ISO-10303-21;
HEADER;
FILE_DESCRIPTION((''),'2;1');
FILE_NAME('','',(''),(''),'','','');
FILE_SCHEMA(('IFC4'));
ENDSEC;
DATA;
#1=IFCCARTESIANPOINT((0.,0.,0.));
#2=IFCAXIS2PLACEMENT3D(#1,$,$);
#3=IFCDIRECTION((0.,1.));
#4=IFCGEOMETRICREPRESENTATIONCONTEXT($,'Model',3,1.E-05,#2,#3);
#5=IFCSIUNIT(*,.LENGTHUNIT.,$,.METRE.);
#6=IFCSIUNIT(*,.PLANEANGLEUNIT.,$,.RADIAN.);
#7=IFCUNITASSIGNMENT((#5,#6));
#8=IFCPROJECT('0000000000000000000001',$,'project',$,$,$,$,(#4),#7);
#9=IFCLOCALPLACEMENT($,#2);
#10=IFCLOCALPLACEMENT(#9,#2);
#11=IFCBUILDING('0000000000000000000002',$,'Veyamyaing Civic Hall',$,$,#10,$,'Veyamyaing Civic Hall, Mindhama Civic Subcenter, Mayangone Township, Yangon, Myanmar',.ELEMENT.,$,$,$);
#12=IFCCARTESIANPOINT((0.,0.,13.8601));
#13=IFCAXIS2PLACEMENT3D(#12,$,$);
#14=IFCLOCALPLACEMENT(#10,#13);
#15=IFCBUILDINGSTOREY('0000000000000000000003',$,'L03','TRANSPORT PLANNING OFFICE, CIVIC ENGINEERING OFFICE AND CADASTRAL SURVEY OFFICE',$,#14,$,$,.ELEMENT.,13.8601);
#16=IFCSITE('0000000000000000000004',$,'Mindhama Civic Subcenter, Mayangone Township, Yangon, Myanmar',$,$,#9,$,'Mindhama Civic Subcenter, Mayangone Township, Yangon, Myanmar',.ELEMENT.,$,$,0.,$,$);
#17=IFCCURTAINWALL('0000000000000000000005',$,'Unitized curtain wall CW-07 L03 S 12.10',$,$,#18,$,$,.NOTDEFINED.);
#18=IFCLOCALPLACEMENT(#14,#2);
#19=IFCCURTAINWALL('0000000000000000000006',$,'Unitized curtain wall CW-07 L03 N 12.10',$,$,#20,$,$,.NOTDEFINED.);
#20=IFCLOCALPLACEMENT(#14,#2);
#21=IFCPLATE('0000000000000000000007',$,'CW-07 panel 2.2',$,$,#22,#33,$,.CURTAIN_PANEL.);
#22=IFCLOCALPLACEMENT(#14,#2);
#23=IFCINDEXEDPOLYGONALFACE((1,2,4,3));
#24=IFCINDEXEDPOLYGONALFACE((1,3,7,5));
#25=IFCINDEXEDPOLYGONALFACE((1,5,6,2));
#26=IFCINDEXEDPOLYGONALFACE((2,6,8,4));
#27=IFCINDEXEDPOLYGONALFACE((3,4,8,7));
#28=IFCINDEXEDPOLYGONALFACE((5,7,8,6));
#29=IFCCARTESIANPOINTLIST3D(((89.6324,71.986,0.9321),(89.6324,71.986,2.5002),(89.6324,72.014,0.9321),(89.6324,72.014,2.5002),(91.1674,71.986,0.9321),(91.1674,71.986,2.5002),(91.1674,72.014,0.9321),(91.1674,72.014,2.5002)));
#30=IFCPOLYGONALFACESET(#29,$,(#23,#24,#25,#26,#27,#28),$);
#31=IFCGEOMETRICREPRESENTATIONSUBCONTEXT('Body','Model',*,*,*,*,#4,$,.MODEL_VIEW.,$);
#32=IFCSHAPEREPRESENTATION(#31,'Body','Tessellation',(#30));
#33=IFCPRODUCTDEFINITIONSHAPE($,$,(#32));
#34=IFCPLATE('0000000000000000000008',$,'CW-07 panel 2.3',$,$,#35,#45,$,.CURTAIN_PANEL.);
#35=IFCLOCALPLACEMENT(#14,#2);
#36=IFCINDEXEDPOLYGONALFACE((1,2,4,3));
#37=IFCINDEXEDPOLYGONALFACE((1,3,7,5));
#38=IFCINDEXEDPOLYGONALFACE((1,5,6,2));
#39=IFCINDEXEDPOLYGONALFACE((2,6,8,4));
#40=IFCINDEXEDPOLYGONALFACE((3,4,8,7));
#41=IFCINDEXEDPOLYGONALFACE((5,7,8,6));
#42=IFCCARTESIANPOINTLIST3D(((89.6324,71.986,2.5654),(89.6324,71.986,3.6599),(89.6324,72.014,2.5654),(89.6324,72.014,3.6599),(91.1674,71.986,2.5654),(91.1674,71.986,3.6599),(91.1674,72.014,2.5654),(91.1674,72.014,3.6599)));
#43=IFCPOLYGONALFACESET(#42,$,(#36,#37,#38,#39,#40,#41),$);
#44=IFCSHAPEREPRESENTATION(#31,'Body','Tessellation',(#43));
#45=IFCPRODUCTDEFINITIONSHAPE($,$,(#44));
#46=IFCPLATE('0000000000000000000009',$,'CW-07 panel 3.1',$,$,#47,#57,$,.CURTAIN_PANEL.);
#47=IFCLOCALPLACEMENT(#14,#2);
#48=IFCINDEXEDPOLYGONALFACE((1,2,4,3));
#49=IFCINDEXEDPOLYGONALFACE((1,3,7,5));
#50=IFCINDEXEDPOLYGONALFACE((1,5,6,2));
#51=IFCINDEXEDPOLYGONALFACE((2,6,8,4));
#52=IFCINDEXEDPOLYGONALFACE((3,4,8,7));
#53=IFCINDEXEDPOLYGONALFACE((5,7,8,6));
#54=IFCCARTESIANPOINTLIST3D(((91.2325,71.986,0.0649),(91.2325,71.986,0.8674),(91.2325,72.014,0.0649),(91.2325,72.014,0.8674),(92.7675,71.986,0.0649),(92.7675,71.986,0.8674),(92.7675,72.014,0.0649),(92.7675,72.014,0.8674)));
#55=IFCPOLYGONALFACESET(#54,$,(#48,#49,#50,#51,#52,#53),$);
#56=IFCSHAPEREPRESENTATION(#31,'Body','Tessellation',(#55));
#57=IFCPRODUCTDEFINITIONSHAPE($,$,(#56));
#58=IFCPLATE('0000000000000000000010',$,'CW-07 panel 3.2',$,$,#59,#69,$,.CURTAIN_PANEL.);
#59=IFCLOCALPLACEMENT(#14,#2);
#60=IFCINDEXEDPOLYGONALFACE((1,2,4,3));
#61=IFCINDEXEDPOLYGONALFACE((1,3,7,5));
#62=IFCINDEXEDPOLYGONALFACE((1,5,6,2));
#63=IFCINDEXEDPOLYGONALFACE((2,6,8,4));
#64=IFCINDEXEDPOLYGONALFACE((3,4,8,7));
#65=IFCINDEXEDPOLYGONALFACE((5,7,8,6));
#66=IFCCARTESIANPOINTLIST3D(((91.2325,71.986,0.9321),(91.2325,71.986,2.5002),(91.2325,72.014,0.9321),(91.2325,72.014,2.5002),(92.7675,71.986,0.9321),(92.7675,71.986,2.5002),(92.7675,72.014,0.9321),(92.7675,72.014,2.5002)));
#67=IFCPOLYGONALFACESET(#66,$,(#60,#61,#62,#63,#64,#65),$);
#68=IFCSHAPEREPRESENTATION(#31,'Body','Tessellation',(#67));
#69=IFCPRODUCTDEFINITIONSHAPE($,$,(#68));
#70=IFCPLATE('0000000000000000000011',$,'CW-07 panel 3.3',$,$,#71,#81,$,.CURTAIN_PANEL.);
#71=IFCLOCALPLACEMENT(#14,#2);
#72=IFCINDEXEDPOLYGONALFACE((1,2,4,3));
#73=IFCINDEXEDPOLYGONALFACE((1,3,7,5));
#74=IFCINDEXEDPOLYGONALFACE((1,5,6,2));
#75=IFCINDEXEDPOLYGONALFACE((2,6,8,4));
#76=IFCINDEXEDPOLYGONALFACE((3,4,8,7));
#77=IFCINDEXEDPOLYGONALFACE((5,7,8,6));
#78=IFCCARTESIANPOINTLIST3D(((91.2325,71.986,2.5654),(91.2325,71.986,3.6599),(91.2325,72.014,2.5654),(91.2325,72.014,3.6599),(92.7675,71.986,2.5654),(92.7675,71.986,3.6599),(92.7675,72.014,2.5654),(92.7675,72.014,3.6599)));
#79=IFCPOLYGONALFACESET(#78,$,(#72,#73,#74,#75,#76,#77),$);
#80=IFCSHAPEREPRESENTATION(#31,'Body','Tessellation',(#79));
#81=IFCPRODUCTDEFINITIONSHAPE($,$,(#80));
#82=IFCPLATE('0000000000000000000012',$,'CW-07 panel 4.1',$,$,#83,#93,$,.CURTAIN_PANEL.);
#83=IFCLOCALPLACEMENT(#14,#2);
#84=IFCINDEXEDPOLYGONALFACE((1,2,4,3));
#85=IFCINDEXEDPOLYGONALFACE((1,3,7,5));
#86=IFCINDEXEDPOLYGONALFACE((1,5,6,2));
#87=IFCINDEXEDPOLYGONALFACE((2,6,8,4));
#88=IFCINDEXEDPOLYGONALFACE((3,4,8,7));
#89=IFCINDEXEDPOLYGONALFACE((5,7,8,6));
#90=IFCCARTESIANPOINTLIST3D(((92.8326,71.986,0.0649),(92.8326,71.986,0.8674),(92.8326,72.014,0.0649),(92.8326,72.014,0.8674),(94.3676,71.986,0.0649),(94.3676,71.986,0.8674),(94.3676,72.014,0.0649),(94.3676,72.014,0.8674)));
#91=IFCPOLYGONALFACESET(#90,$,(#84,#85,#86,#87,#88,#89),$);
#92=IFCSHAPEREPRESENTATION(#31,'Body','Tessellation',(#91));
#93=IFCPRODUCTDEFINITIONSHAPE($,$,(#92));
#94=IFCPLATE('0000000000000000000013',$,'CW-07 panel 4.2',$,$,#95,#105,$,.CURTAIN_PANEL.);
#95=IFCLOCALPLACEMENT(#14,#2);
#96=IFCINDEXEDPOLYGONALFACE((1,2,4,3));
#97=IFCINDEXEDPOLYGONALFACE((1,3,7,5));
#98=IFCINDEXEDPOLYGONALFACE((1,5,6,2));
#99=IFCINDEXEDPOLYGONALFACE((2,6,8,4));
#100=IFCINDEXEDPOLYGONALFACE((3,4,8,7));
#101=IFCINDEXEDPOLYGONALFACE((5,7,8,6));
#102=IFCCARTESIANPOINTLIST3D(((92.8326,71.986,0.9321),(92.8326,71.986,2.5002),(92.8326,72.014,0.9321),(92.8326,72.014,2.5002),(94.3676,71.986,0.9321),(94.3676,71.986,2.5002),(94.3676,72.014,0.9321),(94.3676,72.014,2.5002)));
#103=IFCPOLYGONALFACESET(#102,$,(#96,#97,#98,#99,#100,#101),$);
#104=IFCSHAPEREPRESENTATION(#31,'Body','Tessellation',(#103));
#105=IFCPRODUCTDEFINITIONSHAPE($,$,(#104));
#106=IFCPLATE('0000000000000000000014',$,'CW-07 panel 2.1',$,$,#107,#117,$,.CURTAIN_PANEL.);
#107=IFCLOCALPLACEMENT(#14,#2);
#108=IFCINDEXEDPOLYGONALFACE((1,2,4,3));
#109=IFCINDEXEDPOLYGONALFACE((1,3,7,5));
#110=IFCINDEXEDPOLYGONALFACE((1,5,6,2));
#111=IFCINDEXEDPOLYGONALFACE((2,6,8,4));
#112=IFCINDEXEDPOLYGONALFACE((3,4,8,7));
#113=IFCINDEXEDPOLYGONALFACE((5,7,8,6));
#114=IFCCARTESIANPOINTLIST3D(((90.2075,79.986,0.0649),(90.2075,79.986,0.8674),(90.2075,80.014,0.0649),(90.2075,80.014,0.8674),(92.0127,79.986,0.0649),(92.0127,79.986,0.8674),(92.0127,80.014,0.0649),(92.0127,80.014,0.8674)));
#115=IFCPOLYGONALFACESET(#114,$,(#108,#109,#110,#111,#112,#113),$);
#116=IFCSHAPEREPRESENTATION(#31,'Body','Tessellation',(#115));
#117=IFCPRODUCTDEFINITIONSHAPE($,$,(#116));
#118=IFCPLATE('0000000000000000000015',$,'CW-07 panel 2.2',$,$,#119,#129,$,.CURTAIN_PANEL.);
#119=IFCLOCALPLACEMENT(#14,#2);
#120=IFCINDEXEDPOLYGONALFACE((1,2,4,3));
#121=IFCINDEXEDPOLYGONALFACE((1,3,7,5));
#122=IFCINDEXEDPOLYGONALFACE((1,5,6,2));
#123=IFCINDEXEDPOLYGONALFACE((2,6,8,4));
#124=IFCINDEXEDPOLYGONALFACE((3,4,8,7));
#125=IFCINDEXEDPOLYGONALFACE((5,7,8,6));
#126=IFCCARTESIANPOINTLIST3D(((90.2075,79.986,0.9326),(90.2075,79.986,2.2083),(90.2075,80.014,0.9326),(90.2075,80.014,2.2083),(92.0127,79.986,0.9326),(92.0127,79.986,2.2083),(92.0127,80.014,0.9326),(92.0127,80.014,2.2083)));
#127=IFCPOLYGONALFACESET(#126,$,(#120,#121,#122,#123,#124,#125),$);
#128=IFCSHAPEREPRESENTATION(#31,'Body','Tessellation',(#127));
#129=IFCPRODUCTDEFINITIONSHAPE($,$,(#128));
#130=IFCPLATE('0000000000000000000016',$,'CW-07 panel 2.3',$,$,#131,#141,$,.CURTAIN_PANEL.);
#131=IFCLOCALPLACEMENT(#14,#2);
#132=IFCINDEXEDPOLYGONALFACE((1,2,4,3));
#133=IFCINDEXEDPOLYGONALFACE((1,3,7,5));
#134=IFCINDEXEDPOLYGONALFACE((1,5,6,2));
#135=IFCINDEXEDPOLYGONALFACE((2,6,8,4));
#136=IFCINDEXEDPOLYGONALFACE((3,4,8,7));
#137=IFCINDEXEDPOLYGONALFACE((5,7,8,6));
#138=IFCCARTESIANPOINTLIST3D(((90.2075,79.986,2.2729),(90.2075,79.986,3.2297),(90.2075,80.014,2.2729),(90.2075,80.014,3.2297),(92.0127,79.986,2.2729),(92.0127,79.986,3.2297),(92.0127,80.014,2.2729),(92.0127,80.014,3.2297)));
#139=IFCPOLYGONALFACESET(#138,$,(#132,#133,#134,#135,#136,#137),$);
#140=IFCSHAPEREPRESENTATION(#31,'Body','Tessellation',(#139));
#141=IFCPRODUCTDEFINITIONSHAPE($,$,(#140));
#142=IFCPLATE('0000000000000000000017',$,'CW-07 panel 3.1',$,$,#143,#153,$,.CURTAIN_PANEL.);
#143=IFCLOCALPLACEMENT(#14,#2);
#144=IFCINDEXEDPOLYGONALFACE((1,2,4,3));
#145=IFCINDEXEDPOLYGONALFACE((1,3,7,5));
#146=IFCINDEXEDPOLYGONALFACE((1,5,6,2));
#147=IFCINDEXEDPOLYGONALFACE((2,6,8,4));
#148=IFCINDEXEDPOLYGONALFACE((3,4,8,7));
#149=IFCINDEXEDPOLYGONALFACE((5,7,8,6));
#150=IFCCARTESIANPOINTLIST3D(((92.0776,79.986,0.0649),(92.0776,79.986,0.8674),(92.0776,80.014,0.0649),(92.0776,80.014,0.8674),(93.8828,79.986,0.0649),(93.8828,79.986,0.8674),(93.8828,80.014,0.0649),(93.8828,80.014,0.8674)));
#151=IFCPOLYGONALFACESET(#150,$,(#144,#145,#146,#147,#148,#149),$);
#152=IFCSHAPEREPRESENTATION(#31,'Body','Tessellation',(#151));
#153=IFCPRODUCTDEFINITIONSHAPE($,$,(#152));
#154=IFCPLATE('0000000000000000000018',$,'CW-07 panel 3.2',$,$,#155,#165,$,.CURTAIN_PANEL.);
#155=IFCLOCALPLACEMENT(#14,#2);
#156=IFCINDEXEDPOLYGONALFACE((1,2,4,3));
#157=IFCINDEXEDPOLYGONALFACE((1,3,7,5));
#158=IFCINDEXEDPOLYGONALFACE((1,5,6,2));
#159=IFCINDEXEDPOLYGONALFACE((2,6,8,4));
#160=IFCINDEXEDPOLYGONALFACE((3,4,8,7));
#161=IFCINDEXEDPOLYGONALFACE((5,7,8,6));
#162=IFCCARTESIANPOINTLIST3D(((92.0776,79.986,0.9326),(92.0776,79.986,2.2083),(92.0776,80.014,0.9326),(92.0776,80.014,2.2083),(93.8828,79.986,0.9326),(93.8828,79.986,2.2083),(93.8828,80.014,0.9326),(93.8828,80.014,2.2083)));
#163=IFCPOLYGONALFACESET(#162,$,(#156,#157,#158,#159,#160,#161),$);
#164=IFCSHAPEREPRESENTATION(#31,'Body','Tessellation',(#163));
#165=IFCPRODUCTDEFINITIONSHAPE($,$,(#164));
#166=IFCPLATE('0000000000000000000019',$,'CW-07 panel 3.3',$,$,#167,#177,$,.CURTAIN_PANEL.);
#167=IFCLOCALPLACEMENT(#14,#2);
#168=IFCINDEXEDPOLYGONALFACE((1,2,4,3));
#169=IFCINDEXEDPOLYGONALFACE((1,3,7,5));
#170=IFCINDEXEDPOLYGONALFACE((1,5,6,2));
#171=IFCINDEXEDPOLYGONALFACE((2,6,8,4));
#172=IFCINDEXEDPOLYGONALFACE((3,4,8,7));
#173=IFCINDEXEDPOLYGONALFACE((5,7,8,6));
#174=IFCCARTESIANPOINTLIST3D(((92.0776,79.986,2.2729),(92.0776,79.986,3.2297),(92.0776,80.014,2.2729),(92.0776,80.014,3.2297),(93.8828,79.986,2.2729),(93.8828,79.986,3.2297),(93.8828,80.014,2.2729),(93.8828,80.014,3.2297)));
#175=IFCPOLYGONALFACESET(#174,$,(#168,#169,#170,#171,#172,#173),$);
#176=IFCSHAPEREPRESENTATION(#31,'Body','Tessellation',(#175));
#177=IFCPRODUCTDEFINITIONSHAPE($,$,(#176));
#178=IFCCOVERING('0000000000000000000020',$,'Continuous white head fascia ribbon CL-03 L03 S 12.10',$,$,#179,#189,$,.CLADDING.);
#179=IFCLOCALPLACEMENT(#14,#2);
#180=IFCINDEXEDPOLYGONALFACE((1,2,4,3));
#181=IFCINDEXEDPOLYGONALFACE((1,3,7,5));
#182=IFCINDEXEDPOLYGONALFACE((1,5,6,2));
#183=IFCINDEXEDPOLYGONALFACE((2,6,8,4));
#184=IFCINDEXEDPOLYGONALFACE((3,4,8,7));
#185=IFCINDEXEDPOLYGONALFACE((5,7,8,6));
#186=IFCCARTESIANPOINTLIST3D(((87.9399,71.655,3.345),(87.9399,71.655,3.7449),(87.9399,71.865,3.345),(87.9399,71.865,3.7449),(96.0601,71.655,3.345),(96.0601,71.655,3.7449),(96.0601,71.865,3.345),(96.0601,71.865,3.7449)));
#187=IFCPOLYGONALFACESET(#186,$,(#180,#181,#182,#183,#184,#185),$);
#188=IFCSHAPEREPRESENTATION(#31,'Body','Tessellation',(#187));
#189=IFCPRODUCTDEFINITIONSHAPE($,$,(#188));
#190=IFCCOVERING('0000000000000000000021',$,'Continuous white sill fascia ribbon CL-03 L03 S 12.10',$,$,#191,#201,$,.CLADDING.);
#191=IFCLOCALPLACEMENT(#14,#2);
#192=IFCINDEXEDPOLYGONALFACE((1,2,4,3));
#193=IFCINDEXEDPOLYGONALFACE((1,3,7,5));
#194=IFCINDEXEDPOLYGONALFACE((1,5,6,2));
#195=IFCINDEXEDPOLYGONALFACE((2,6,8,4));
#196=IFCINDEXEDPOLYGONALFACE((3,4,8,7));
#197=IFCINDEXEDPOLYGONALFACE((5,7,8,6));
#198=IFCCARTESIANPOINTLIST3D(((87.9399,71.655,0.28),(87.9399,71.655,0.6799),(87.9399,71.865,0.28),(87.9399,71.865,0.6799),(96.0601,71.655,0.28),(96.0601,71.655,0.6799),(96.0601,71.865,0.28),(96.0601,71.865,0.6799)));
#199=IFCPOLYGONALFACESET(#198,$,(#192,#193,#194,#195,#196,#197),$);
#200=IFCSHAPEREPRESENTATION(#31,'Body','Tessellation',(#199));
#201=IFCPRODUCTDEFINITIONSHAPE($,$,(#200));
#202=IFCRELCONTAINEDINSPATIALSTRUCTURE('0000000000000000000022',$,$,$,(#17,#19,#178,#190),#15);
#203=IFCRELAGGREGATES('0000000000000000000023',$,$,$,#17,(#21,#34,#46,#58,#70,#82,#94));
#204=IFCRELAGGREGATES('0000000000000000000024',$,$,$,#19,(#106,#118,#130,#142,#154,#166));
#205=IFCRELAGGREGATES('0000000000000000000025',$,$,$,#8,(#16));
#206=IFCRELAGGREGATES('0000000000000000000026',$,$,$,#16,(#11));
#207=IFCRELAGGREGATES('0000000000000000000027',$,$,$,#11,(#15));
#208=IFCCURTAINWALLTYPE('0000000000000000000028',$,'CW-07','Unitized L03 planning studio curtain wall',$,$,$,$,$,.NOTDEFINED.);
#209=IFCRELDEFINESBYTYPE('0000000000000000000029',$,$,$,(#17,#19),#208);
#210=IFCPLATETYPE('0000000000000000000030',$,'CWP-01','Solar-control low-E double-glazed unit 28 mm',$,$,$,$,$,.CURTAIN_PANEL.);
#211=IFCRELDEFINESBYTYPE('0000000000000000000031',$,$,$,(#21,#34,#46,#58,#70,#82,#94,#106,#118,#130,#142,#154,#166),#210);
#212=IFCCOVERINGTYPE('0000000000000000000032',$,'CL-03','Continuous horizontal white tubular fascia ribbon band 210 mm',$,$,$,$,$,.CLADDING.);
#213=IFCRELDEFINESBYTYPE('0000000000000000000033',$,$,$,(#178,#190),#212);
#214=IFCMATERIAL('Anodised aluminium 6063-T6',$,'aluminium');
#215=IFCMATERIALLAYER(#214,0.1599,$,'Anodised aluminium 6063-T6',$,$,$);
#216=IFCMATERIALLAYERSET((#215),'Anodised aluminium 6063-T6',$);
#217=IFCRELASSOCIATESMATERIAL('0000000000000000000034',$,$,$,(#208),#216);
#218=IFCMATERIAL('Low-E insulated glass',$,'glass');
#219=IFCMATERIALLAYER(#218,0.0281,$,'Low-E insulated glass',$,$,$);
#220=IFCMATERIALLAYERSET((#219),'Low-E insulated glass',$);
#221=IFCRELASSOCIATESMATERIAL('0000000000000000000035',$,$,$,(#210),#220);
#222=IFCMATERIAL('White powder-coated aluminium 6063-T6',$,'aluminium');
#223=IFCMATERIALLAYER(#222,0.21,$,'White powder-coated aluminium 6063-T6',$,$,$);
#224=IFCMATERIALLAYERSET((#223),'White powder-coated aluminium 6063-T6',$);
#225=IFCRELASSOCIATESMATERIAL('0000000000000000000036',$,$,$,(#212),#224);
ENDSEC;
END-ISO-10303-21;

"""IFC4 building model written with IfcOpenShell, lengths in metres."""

from ifc_helpers import new_model, si_unit, direction, frame, origin, origin_2d, place, context, subcontext, project, spatial, rectangle, extrude, material, layer, layer_set, type_object, element, aggregate, save


model = new_model("IFC4")

# Units and contexts
model_context = context("Model", 3, precision=1e-05, world=origin(), true_north=direction((0.0, 1.0)))
body_context = subcontext(model_context, "Body", "Model", "MODEL_VIEW")
ifc_project = project(units=[si_unit("LENGTHUNIT", "METRE"), si_unit("PLANEANGLEUNIT", "RADIAN")], contexts=[model_context])

# Site, building, storey
site_placement = place(None, origin())
site = spatial("IfcSite", under=ifc_project, at=site_placement, Name="Mindhama Civic Subcenter, Mayangone Township, Yangon, Myanmar", LongName="Mindhama Civic Subcenter, Mayangone Township, Yangon, Myanmar", CompositionType="ELEMENT", RefElevation=0.0)
building_placement = place(site_placement, origin())
building = spatial("IfcBuilding", under=site, at=building_placement, Name="Veyamyaing Civic Hall", LongName="Veyamyaing Civic Hall, Mindhama Civic Subcenter, Mayangone Township, Yangon, Myanmar", CompositionType="ELEMENT")
storey_placement = place(building_placement, frame((0.0, 0.0, 13.8601)))
storey = spatial("IfcBuildingStorey", under=building, at=storey_placement, Name="L03", Description="TRANSPORT PLANNING OFFICE, CIVIC ENGINEERING OFFICE AND CADASTRAL SURVEY OFFICE", CompositionType="ELEMENT", Elevation=13.8601)

# Curtain wall
ifc_material_1 = material(Name="Anodised aluminium 6063-T6", Category="aluminium")
ifc_layer_1 = layer(ifc_material_1, 0.1599, Name="Anodised aluminium 6063-T6")
ifc_layer_set_1 = layer_set([ifc_layer_1], Name="Anodised aluminium 6063-T6")
curtain_wall_type = type_object("IfcCurtainWallType", Name="CW-07", Description="Unitized L03 planning studio curtain wall", PredefinedType="NOTDEFINED", material=ifc_layer_set_1)
curtain_wall_1_placement = place(storey_placement, origin())
curtain_wall_1 = element("IfcCurtainWall", 1, at=curtain_wall_1_placement, inside=storey, type_object=curtain_wall_type, Name="Unitized curtain wall CW-07 L03 S 12.10", PredefinedType="NOTDEFINED")

# Curtain wall
curtain_wall_2_placement = place(storey_placement, origin())
curtain_wall_2 = element("IfcCurtainWall", 2, at=curtain_wall_2_placement, inside=storey, type_object=curtain_wall_type, Name="Unitized curtain wall CW-07 L03 N 12.10", PredefinedType="NOTDEFINED")

# Plates
ifc_material_2 = material(Name="Low-E insulated glass", Category="glass")
ifc_layer_2 = layer(ifc_material_2, 0.0281, Name="Low-E insulated glass")
ifc_layer_set_2 = layer_set([ifc_layer_2], Name="Low-E insulated glass")
plate_type = type_object("IfcPlateType", Name="CWP-01", Description="Solar-control low-E double-glazed unit 28 mm", PredefinedType="CURTAIN_PANEL", material=ifc_layer_set_2)
plate_1_placement = place(storey_placement, frame((90.3999, 72.0, 0.9321), z_axis=(0.0, 0.0, 1.0), x_axis=(1.0, 0.0, 0.0)))
plate_1 = element("IfcPlate", 3, at=plate_1_placement, type_object=plate_type, Name="CW-07 panel 2.2", PredefinedType="CURTAIN_PANEL", context=body_context, shape_type="SweptSolid", body=[
    extrude(rectangle(XDim=1.5349, YDim=0.0281, at=origin_2d()), origin(), (0.0, 0.0, 1.0), 1.5681),
])
plate_2_placement = place(storey_placement, frame((90.3999, 72.0, 2.5654), z_axis=(0.0, 0.0, 1.0), x_axis=(1.0, 0.0, 0.0)))
plate_2 = element("IfcPlate", 4, at=plate_2_placement, type_object=plate_type, Name="CW-07 panel 2.3", PredefinedType="CURTAIN_PANEL", context=body_context, shape_type="SweptSolid", body=[
    extrude(rectangle(XDim=1.5349, YDim=0.0281, at=origin_2d()), origin(), (0.0, 0.0, 1.0), 1.0945),
])
plate_3_placement = place(storey_placement, frame((92.0, 72.0, 0.0649), z_axis=(0.0, 0.0, 1.0), x_axis=(1.0, 0.0, 0.0)))
plate_3 = element("IfcPlate", 5, at=plate_3_placement, type_object=plate_type, Name="CW-07 panel 3.1", PredefinedType="CURTAIN_PANEL", context=body_context, shape_type="SweptSolid", body=[
    extrude(rectangle(XDim=1.5349, YDim=0.0281, at=origin_2d()), origin(), (0.0, 0.0, 1.0), 0.8025),
])
plate_4_placement = place(storey_placement, frame((92.0, 72.0, 0.9321), z_axis=(0.0, 0.0, 1.0), x_axis=(1.0, 0.0, 0.0)))
plate_4 = element("IfcPlate", 6, at=plate_4_placement, type_object=plate_type, Name="CW-07 panel 3.2", PredefinedType="CURTAIN_PANEL", context=body_context, shape_type="SweptSolid", body=[
    extrude(rectangle(XDim=1.5349, YDim=0.0281, at=origin_2d()), origin(), (0.0, 0.0, 1.0), 1.5681),
])
plate_5_placement = place(storey_placement, frame((92.0, 72.0, 2.5654), z_axis=(0.0, 0.0, 1.0), x_axis=(1.0, 0.0, 0.0)))
plate_5 = element("IfcPlate", 7, at=plate_5_placement, type_object=plate_type, Name="CW-07 panel 3.3", PredefinedType="CURTAIN_PANEL", context=body_context, shape_type="SweptSolid", body=[
    extrude(rectangle(XDim=1.5349, YDim=0.0281, at=origin_2d()), origin(), (0.0, 0.0, 1.0), 1.0945),
])
plate_6_placement = place(storey_placement, frame((93.6001, 72.0, 0.0649), z_axis=(0.0, 0.0, 1.0), x_axis=(1.0, 0.0, 0.0)))
plate_6 = element("IfcPlate", 8, at=plate_6_placement, type_object=plate_type, Name="CW-07 panel 4.1", PredefinedType="CURTAIN_PANEL", context=body_context, shape_type="SweptSolid", body=[
    extrude(rectangle(XDim=1.5349, YDim=0.0281, at=origin_2d()), origin(), (0.0, 0.0, 1.0), 0.8025),
])
plate_7_placement = place(storey_placement, frame((93.6001, 72.0, 0.9321), z_axis=(0.0, 0.0, 1.0), x_axis=(1.0, 0.0, 0.0)))
plate_7 = element("IfcPlate", 9, at=plate_7_placement, type_object=plate_type, Name="CW-07 panel 4.2", PredefinedType="CURTAIN_PANEL", context=body_context, shape_type="SweptSolid", body=[
    extrude(rectangle(XDim=1.5349, YDim=0.0281, at=origin_2d()), origin(), (0.0, 0.0, 1.0), 1.5681),
])
aggregate(curtain_wall_1, [plate_1, plate_2, plate_3, plate_4, plate_5, plate_6, plate_7])
plate_8_placement = place(storey_placement, frame((91.1101, 80.0, 0.0649), z_axis=(0.0, 0.0, 1.0), x_axis=(1.0, 0.0, 0.0)))
plate_8 = element("IfcPlate", 10, at=plate_8_placement, type_object=plate_type, Name="CW-07 panel 2.1", PredefinedType="CURTAIN_PANEL", context=body_context, shape_type="SweptSolid", body=[
    extrude(rectangle(XDim=1.8052, YDim=0.0281, at=origin_2d()), origin(), (0.0, 0.0, 1.0), 0.8025),
])
plate_9_placement = place(storey_placement, frame((91.1101, 80.0, 0.9326), z_axis=(0.0, 0.0, 1.0), x_axis=(1.0, 0.0, 0.0)))
plate_9 = element("IfcPlate", 11, at=plate_9_placement, type_object=plate_type, Name="CW-07 panel 2.2", PredefinedType="CURTAIN_PANEL", context=body_context, shape_type="SweptSolid", body=[
    extrude(rectangle(XDim=1.8052, YDim=0.0281, at=origin_2d()), origin(), (0.0, 0.0, 1.0), 1.2756),
])
plate_10_placement = place(storey_placement, frame((91.1101, 80.0, 2.2729), z_axis=(0.0, 0.0, 1.0), x_axis=(1.0, 0.0, 0.0)))
plate_10 = element("IfcPlate", 12, at=plate_10_placement, type_object=plate_type, Name="CW-07 panel 2.3", PredefinedType="CURTAIN_PANEL", context=body_context, shape_type="SweptSolid", body=[
    extrude(rectangle(XDim=1.8052, YDim=0.0281, at=origin_2d()), origin(), (0.0, 0.0, 1.0), 0.9568),
])
plate_11_placement = place(storey_placement, frame((92.9802, 80.0, 0.0649), z_axis=(0.0, 0.0, 1.0), x_axis=(1.0, 0.0, 0.0)))
plate_11 = element("IfcPlate", 13, at=plate_11_placement, type_object=plate_type, Name="CW-07 panel 3.1", PredefinedType="CURTAIN_PANEL", context=body_context, shape_type="SweptSolid", body=[
    extrude(rectangle(XDim=1.8052, YDim=0.0281, at=origin_2d()), origin(), (0.0, 0.0, 1.0), 0.8025),
])
plate_12_placement = place(storey_placement, frame((92.9802, 80.0, 0.9326), z_axis=(0.0, 0.0, 1.0), x_axis=(1.0, 0.0, 0.0)))
plate_12 = element("IfcPlate", 14, at=plate_12_placement, type_object=plate_type, Name="CW-07 panel 3.2", PredefinedType="CURTAIN_PANEL", context=body_context, shape_type="SweptSolid", body=[
    extrude(rectangle(XDim=1.8052, YDim=0.0281, at=origin_2d()), origin(), (0.0, 0.0, 1.0), 1.2756),
])
plate_13_placement = place(storey_placement, frame((92.9802, 80.0, 2.2729), z_axis=(0.0, 0.0, 1.0), x_axis=(1.0, 0.0, 0.0)))
plate_13 = element("IfcPlate", 15, at=plate_13_placement, type_object=plate_type, Name="CW-07 panel 3.3", PredefinedType="CURTAIN_PANEL", context=body_context, shape_type="SweptSolid", body=[
    extrude(rectangle(XDim=1.8052, YDim=0.0281, at=origin_2d()), origin(), (0.0, 0.0, 1.0), 0.9568),
])
aggregate(curtain_wall_2, [plate_8, plate_9, plate_10, plate_11, plate_12, plate_13])

# Coverings
ifc_material_3 = material(Name="White powder-coated aluminium 6063-T6", Category="aluminium")
ifc_layer_3 = layer(ifc_material_3, 0.21, Name="White powder-coated aluminium 6063-T6")
ifc_layer_set_3 = layer_set([ifc_layer_3], Name="White powder-coated aluminium 6063-T6")
covering_type = type_object("IfcCoveringType", Name="CL-03", Description="Continuous horizontal white tubular fascia ribbon band 210 mm", PredefinedType="CLADDING", material=ifc_layer_set_3)
for number, where, z_axis, x_axis, name in (
    (16, (92.0, 71.76, 3.345), (0.0, 0.0, 1.0), (1.0, 0.0, 0.0), "Continuous white head fascia ribbon CL-03 L03 S 12.10"),
    (17, (92.0, 71.76, 0.28), (0.0, 0.0, 1.0), (1.0, 0.0, 0.0), "Continuous white sill fascia ribbon CL-03 L03 S 12.10"),
):
    element("IfcCovering", number, at=place(storey_placement, frame(where, z_axis=z_axis, x_axis=x_axis)), inside=storey, type_object=covering_type, Name=name, PredefinedType="CLADDING", context=body_context, shape_type="SweptSolid", body=[
        extrude(rectangle(XDim=8.1201, YDim=0.21, at=origin_2d()), origin(), (0.0, 0.0, 1.0), 0.3999),
    ])

save(model, "model.ifc")
